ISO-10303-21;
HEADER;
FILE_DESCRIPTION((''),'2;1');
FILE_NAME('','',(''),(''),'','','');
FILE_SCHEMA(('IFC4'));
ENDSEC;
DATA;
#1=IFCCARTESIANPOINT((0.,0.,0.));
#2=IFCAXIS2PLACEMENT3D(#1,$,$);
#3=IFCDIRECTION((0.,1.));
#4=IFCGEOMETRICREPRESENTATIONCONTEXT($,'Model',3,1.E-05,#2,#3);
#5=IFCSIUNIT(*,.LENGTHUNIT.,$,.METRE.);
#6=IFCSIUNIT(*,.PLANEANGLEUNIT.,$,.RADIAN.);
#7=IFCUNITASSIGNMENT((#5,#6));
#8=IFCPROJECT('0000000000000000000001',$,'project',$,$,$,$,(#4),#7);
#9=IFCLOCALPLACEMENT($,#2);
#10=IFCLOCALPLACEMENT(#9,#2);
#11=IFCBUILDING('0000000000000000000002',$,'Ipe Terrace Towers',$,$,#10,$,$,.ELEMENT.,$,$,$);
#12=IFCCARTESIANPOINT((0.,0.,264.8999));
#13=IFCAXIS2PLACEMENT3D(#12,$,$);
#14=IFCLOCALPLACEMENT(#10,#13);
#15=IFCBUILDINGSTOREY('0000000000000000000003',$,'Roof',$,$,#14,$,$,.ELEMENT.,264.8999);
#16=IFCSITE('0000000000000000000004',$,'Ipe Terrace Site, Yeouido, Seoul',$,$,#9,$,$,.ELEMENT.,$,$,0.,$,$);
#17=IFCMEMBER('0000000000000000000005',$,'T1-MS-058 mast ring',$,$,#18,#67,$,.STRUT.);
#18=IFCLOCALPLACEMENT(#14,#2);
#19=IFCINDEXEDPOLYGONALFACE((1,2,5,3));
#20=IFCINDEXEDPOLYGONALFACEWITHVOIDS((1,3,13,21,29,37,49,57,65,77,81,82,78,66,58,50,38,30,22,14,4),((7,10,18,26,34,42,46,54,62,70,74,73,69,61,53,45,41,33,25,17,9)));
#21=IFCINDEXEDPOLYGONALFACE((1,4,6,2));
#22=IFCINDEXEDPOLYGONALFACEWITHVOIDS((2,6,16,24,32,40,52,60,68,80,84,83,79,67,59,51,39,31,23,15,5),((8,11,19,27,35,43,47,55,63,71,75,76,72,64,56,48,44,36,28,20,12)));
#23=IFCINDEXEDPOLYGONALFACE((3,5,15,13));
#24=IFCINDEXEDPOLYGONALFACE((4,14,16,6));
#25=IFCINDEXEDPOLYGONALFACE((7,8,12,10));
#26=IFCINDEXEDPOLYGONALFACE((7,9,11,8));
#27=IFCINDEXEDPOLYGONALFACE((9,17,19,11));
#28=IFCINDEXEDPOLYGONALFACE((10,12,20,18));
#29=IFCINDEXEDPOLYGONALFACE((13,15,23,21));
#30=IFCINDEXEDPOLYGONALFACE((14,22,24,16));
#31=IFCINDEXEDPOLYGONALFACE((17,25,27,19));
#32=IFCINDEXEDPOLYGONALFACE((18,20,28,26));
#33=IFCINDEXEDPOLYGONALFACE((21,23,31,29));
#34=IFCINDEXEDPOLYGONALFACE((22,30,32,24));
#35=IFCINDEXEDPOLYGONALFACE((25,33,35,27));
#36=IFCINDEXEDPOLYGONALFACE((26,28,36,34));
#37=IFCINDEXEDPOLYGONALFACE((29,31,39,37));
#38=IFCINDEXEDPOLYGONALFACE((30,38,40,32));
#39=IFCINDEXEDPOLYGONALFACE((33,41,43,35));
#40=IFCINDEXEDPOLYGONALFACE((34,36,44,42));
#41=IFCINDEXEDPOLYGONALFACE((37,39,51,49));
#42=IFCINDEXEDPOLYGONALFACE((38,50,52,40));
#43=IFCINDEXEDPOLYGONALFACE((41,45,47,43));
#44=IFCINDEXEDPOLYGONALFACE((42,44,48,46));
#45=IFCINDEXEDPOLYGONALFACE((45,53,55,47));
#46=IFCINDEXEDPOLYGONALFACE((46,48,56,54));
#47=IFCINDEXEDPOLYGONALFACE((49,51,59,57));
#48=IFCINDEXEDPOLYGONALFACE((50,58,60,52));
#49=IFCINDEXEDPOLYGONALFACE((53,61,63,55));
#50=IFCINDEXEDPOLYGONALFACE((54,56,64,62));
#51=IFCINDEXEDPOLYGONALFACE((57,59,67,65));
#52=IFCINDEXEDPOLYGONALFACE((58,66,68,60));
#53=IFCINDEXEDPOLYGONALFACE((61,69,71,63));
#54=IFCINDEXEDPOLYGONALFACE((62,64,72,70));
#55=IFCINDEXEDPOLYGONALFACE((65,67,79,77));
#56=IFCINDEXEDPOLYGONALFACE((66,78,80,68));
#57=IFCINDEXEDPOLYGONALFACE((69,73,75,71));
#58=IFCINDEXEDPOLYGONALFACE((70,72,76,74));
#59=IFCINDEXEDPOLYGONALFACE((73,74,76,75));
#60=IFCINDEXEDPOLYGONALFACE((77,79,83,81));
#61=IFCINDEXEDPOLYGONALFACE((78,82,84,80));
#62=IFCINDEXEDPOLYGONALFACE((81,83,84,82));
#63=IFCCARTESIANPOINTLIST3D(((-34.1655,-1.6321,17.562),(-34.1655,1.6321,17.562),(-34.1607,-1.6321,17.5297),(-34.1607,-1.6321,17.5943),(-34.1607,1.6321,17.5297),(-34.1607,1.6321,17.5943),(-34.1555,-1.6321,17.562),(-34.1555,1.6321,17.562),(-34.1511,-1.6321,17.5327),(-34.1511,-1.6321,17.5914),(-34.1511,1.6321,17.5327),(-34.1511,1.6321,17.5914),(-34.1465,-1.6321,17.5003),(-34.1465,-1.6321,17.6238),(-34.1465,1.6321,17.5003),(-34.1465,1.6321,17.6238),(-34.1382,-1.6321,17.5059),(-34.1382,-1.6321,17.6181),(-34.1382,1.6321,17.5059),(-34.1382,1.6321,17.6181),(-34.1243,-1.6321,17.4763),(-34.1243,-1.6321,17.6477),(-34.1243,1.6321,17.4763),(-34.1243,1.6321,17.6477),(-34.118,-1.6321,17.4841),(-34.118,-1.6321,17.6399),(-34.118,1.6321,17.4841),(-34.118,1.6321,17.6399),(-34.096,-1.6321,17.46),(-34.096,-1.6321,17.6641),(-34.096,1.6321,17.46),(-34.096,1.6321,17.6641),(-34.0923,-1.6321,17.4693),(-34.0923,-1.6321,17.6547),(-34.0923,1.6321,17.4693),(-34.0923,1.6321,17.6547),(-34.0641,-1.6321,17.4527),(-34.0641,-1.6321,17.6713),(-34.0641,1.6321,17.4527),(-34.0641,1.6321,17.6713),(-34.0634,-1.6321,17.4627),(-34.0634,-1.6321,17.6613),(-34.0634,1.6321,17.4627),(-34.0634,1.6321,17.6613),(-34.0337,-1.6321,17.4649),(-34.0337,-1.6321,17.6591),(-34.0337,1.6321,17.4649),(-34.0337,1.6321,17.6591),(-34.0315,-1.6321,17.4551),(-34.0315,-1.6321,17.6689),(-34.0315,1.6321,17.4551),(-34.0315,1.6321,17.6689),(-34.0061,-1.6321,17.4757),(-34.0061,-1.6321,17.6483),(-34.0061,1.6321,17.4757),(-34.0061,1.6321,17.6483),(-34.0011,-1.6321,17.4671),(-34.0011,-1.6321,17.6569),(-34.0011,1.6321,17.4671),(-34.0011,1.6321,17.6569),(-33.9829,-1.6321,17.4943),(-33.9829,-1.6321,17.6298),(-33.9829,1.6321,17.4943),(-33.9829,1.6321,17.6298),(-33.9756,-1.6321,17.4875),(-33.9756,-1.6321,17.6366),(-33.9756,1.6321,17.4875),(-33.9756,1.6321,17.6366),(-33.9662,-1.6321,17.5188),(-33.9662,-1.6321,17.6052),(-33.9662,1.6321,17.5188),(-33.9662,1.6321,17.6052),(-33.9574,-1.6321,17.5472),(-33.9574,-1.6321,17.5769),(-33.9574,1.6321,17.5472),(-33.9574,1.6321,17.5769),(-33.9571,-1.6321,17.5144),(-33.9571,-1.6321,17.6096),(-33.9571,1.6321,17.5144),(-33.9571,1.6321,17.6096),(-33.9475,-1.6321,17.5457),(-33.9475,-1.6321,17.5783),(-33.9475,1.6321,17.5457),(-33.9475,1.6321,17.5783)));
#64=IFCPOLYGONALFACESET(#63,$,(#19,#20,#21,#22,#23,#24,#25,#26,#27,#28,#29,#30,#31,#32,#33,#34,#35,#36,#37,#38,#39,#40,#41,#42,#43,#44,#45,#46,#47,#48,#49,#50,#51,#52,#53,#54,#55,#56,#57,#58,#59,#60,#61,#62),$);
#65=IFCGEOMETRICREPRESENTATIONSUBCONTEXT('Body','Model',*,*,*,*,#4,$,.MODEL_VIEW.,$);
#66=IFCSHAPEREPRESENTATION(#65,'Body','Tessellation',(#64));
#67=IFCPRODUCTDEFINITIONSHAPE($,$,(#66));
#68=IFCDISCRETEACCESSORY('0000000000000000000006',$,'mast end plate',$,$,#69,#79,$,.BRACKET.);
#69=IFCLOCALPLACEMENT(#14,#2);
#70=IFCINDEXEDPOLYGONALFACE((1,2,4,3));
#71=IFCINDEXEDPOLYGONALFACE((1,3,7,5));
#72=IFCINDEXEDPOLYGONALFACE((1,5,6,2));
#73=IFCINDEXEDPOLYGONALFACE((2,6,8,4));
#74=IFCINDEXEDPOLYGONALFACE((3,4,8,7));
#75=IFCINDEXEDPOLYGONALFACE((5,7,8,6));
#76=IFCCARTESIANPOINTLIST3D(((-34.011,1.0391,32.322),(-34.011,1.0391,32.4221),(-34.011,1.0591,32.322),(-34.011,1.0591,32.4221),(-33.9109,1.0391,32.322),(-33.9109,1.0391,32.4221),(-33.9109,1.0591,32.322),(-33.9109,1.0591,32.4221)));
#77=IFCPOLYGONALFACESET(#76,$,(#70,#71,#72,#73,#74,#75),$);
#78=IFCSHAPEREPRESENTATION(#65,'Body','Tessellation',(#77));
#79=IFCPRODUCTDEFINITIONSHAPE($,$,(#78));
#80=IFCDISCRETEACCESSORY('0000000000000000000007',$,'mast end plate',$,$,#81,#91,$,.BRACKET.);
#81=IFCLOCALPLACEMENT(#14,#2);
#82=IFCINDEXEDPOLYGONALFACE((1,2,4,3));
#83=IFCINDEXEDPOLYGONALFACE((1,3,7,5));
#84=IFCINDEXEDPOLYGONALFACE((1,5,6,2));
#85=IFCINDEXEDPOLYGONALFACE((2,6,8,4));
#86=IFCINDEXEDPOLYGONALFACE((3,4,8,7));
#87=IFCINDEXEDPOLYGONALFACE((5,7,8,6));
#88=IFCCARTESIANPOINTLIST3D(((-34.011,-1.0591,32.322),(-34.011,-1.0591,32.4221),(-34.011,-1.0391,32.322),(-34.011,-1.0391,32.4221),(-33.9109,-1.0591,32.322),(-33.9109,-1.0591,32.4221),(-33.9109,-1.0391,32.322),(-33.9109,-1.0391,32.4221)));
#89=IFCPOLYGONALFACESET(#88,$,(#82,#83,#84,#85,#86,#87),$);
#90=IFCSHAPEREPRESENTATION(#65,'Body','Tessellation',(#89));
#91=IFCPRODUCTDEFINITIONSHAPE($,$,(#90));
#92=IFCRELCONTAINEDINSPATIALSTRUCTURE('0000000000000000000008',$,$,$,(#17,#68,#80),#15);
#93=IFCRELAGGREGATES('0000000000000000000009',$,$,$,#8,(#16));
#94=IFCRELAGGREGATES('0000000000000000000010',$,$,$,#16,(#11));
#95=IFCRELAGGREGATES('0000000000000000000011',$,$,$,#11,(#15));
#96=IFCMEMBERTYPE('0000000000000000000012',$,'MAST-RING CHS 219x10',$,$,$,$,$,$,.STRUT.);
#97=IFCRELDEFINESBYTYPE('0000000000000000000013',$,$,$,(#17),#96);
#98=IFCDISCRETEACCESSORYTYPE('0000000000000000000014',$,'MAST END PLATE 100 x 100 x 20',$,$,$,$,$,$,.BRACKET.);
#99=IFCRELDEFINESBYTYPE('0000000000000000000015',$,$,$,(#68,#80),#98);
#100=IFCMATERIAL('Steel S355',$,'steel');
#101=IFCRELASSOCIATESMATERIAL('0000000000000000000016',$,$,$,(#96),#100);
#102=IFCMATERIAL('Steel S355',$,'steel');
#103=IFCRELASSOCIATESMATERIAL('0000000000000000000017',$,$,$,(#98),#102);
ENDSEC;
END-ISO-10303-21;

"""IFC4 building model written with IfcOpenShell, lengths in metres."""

from ifc_helpers import new_model, si_unit, direction, frame, origin, origin_2d, place, context, subcontext, project, spatial, rectangle, hollow_circle, extrude, material, material_profile, profile_set, type_object, element, save


model = new_model("IFC4")

# Units and contexts
model_context = context("Model", 3, precision=1e-05, world=origin(), true_north=direction((0.0, 1.0)))
body_context = subcontext(model_context, "Body", "Model", "MODEL_VIEW")
ifc_project = project(units=[si_unit("LENGTHUNIT", "METRE"), si_unit("PLANEANGLEUNIT", "RADIAN")], contexts=[model_context])

# Site, building, storey
site_placement = place(None, origin())
site = spatial("IfcSite", under=ifc_project, at=site_placement, Name="Ipe Terrace Site, Yeouido, Seoul", CompositionType="ELEMENT", RefElevation=0.0)
building_placement = place(site_placement, origin())
building = spatial("IfcBuilding", under=site, at=building_placement, Name="Ipe Terrace Towers", CompositionType="ELEMENT")
storey_placement = place(building_placement, frame((0.0, 0.0, 264.8999)))
storey = spatial("IfcBuildingStorey", under=building, at=storey_placement, Name="Roof", CompositionType="ELEMENT", Elevation=264.8999)

# Member
ifc_material_1 = material(Name="Steel S355", Category="steel")
ifc_material_profile_1 = material_profile(ifc_material_1, hollow_circle(Radius=0.1096, WallThickness=0.01, at=origin_2d()), Name="MAST-RING CHS 219x10")
ifc_profile_set_1 = profile_set([ifc_material_profile_1], Name="Steel S355")
member_type_1 = type_object("IfcMemberType", Name="MAST-RING CHS 219x10", PredefinedType="STRUT", material=ifc_profile_set_1)
member_1_placement = place(storey_placement, frame((-34.0559, -1.6321, 17.562), z_axis=(0.0, 1.0, 0.0), x_axis=(-1.0, 0.0, 0.0)))
element("IfcMember", 1, at=member_1_placement, inside=storey, type_object=member_type_1, Name="T1-MS-058 mast ring", PredefinedType="STRUT", context=body_context, shape_type="SweptSolid", body=[
    extrude(hollow_circle(Radius=0.1096, WallThickness=0.01, at=origin_2d()), origin(), (0.0, 0.0, 1.0), 3.2642),
])

# Discrete accessories
ifc_material_2 = material(Name="Steel S355", Category="steel")
ifc_material_profile_2 = material_profile(ifc_material_2, rectangle(XDim=0.1001, YDim=0.1001, at=origin_2d()), Name="MAST END PLATE 100 x 100 x 20")
ifc_profile_set_2 = profile_set([ifc_material_profile_2], Name="Steel S355")
discrete_accessory_type = type_object("IfcDiscreteAccessoryType", Name="MAST END PLATE 100 x 100 x 20", PredefinedType="BRACKET", material=ifc_profile_set_2)
for number, where, z_axis, x_axis, name in (
    (2, (-33.9609, 1.0391, 32.3721), (0.0, 1.0, 0.0), (-1.0, 0.0, 0.0), "mast end plate"),
    (3, (-33.9609, -1.0391, 32.3721), (0.0, -1.0, 0.0), (1.0, 0.0, 0.0), "mast end plate"),
):
    element("IfcDiscreteAccessory", number, at=place(storey_placement, frame(where, z_axis=z_axis, x_axis=x_axis)), inside=storey, type_object=discrete_accessory_type, Name=name, PredefinedType="BRACKET", context=body_context, shape_type="SweptSolid", body=[
        extrude(rectangle(XDim=0.1001, YDim=0.1001, at=origin_2d()), origin(), (0.0, 0.0, 1.0), 0.02),
    ])

save(model, "model.ifc")
